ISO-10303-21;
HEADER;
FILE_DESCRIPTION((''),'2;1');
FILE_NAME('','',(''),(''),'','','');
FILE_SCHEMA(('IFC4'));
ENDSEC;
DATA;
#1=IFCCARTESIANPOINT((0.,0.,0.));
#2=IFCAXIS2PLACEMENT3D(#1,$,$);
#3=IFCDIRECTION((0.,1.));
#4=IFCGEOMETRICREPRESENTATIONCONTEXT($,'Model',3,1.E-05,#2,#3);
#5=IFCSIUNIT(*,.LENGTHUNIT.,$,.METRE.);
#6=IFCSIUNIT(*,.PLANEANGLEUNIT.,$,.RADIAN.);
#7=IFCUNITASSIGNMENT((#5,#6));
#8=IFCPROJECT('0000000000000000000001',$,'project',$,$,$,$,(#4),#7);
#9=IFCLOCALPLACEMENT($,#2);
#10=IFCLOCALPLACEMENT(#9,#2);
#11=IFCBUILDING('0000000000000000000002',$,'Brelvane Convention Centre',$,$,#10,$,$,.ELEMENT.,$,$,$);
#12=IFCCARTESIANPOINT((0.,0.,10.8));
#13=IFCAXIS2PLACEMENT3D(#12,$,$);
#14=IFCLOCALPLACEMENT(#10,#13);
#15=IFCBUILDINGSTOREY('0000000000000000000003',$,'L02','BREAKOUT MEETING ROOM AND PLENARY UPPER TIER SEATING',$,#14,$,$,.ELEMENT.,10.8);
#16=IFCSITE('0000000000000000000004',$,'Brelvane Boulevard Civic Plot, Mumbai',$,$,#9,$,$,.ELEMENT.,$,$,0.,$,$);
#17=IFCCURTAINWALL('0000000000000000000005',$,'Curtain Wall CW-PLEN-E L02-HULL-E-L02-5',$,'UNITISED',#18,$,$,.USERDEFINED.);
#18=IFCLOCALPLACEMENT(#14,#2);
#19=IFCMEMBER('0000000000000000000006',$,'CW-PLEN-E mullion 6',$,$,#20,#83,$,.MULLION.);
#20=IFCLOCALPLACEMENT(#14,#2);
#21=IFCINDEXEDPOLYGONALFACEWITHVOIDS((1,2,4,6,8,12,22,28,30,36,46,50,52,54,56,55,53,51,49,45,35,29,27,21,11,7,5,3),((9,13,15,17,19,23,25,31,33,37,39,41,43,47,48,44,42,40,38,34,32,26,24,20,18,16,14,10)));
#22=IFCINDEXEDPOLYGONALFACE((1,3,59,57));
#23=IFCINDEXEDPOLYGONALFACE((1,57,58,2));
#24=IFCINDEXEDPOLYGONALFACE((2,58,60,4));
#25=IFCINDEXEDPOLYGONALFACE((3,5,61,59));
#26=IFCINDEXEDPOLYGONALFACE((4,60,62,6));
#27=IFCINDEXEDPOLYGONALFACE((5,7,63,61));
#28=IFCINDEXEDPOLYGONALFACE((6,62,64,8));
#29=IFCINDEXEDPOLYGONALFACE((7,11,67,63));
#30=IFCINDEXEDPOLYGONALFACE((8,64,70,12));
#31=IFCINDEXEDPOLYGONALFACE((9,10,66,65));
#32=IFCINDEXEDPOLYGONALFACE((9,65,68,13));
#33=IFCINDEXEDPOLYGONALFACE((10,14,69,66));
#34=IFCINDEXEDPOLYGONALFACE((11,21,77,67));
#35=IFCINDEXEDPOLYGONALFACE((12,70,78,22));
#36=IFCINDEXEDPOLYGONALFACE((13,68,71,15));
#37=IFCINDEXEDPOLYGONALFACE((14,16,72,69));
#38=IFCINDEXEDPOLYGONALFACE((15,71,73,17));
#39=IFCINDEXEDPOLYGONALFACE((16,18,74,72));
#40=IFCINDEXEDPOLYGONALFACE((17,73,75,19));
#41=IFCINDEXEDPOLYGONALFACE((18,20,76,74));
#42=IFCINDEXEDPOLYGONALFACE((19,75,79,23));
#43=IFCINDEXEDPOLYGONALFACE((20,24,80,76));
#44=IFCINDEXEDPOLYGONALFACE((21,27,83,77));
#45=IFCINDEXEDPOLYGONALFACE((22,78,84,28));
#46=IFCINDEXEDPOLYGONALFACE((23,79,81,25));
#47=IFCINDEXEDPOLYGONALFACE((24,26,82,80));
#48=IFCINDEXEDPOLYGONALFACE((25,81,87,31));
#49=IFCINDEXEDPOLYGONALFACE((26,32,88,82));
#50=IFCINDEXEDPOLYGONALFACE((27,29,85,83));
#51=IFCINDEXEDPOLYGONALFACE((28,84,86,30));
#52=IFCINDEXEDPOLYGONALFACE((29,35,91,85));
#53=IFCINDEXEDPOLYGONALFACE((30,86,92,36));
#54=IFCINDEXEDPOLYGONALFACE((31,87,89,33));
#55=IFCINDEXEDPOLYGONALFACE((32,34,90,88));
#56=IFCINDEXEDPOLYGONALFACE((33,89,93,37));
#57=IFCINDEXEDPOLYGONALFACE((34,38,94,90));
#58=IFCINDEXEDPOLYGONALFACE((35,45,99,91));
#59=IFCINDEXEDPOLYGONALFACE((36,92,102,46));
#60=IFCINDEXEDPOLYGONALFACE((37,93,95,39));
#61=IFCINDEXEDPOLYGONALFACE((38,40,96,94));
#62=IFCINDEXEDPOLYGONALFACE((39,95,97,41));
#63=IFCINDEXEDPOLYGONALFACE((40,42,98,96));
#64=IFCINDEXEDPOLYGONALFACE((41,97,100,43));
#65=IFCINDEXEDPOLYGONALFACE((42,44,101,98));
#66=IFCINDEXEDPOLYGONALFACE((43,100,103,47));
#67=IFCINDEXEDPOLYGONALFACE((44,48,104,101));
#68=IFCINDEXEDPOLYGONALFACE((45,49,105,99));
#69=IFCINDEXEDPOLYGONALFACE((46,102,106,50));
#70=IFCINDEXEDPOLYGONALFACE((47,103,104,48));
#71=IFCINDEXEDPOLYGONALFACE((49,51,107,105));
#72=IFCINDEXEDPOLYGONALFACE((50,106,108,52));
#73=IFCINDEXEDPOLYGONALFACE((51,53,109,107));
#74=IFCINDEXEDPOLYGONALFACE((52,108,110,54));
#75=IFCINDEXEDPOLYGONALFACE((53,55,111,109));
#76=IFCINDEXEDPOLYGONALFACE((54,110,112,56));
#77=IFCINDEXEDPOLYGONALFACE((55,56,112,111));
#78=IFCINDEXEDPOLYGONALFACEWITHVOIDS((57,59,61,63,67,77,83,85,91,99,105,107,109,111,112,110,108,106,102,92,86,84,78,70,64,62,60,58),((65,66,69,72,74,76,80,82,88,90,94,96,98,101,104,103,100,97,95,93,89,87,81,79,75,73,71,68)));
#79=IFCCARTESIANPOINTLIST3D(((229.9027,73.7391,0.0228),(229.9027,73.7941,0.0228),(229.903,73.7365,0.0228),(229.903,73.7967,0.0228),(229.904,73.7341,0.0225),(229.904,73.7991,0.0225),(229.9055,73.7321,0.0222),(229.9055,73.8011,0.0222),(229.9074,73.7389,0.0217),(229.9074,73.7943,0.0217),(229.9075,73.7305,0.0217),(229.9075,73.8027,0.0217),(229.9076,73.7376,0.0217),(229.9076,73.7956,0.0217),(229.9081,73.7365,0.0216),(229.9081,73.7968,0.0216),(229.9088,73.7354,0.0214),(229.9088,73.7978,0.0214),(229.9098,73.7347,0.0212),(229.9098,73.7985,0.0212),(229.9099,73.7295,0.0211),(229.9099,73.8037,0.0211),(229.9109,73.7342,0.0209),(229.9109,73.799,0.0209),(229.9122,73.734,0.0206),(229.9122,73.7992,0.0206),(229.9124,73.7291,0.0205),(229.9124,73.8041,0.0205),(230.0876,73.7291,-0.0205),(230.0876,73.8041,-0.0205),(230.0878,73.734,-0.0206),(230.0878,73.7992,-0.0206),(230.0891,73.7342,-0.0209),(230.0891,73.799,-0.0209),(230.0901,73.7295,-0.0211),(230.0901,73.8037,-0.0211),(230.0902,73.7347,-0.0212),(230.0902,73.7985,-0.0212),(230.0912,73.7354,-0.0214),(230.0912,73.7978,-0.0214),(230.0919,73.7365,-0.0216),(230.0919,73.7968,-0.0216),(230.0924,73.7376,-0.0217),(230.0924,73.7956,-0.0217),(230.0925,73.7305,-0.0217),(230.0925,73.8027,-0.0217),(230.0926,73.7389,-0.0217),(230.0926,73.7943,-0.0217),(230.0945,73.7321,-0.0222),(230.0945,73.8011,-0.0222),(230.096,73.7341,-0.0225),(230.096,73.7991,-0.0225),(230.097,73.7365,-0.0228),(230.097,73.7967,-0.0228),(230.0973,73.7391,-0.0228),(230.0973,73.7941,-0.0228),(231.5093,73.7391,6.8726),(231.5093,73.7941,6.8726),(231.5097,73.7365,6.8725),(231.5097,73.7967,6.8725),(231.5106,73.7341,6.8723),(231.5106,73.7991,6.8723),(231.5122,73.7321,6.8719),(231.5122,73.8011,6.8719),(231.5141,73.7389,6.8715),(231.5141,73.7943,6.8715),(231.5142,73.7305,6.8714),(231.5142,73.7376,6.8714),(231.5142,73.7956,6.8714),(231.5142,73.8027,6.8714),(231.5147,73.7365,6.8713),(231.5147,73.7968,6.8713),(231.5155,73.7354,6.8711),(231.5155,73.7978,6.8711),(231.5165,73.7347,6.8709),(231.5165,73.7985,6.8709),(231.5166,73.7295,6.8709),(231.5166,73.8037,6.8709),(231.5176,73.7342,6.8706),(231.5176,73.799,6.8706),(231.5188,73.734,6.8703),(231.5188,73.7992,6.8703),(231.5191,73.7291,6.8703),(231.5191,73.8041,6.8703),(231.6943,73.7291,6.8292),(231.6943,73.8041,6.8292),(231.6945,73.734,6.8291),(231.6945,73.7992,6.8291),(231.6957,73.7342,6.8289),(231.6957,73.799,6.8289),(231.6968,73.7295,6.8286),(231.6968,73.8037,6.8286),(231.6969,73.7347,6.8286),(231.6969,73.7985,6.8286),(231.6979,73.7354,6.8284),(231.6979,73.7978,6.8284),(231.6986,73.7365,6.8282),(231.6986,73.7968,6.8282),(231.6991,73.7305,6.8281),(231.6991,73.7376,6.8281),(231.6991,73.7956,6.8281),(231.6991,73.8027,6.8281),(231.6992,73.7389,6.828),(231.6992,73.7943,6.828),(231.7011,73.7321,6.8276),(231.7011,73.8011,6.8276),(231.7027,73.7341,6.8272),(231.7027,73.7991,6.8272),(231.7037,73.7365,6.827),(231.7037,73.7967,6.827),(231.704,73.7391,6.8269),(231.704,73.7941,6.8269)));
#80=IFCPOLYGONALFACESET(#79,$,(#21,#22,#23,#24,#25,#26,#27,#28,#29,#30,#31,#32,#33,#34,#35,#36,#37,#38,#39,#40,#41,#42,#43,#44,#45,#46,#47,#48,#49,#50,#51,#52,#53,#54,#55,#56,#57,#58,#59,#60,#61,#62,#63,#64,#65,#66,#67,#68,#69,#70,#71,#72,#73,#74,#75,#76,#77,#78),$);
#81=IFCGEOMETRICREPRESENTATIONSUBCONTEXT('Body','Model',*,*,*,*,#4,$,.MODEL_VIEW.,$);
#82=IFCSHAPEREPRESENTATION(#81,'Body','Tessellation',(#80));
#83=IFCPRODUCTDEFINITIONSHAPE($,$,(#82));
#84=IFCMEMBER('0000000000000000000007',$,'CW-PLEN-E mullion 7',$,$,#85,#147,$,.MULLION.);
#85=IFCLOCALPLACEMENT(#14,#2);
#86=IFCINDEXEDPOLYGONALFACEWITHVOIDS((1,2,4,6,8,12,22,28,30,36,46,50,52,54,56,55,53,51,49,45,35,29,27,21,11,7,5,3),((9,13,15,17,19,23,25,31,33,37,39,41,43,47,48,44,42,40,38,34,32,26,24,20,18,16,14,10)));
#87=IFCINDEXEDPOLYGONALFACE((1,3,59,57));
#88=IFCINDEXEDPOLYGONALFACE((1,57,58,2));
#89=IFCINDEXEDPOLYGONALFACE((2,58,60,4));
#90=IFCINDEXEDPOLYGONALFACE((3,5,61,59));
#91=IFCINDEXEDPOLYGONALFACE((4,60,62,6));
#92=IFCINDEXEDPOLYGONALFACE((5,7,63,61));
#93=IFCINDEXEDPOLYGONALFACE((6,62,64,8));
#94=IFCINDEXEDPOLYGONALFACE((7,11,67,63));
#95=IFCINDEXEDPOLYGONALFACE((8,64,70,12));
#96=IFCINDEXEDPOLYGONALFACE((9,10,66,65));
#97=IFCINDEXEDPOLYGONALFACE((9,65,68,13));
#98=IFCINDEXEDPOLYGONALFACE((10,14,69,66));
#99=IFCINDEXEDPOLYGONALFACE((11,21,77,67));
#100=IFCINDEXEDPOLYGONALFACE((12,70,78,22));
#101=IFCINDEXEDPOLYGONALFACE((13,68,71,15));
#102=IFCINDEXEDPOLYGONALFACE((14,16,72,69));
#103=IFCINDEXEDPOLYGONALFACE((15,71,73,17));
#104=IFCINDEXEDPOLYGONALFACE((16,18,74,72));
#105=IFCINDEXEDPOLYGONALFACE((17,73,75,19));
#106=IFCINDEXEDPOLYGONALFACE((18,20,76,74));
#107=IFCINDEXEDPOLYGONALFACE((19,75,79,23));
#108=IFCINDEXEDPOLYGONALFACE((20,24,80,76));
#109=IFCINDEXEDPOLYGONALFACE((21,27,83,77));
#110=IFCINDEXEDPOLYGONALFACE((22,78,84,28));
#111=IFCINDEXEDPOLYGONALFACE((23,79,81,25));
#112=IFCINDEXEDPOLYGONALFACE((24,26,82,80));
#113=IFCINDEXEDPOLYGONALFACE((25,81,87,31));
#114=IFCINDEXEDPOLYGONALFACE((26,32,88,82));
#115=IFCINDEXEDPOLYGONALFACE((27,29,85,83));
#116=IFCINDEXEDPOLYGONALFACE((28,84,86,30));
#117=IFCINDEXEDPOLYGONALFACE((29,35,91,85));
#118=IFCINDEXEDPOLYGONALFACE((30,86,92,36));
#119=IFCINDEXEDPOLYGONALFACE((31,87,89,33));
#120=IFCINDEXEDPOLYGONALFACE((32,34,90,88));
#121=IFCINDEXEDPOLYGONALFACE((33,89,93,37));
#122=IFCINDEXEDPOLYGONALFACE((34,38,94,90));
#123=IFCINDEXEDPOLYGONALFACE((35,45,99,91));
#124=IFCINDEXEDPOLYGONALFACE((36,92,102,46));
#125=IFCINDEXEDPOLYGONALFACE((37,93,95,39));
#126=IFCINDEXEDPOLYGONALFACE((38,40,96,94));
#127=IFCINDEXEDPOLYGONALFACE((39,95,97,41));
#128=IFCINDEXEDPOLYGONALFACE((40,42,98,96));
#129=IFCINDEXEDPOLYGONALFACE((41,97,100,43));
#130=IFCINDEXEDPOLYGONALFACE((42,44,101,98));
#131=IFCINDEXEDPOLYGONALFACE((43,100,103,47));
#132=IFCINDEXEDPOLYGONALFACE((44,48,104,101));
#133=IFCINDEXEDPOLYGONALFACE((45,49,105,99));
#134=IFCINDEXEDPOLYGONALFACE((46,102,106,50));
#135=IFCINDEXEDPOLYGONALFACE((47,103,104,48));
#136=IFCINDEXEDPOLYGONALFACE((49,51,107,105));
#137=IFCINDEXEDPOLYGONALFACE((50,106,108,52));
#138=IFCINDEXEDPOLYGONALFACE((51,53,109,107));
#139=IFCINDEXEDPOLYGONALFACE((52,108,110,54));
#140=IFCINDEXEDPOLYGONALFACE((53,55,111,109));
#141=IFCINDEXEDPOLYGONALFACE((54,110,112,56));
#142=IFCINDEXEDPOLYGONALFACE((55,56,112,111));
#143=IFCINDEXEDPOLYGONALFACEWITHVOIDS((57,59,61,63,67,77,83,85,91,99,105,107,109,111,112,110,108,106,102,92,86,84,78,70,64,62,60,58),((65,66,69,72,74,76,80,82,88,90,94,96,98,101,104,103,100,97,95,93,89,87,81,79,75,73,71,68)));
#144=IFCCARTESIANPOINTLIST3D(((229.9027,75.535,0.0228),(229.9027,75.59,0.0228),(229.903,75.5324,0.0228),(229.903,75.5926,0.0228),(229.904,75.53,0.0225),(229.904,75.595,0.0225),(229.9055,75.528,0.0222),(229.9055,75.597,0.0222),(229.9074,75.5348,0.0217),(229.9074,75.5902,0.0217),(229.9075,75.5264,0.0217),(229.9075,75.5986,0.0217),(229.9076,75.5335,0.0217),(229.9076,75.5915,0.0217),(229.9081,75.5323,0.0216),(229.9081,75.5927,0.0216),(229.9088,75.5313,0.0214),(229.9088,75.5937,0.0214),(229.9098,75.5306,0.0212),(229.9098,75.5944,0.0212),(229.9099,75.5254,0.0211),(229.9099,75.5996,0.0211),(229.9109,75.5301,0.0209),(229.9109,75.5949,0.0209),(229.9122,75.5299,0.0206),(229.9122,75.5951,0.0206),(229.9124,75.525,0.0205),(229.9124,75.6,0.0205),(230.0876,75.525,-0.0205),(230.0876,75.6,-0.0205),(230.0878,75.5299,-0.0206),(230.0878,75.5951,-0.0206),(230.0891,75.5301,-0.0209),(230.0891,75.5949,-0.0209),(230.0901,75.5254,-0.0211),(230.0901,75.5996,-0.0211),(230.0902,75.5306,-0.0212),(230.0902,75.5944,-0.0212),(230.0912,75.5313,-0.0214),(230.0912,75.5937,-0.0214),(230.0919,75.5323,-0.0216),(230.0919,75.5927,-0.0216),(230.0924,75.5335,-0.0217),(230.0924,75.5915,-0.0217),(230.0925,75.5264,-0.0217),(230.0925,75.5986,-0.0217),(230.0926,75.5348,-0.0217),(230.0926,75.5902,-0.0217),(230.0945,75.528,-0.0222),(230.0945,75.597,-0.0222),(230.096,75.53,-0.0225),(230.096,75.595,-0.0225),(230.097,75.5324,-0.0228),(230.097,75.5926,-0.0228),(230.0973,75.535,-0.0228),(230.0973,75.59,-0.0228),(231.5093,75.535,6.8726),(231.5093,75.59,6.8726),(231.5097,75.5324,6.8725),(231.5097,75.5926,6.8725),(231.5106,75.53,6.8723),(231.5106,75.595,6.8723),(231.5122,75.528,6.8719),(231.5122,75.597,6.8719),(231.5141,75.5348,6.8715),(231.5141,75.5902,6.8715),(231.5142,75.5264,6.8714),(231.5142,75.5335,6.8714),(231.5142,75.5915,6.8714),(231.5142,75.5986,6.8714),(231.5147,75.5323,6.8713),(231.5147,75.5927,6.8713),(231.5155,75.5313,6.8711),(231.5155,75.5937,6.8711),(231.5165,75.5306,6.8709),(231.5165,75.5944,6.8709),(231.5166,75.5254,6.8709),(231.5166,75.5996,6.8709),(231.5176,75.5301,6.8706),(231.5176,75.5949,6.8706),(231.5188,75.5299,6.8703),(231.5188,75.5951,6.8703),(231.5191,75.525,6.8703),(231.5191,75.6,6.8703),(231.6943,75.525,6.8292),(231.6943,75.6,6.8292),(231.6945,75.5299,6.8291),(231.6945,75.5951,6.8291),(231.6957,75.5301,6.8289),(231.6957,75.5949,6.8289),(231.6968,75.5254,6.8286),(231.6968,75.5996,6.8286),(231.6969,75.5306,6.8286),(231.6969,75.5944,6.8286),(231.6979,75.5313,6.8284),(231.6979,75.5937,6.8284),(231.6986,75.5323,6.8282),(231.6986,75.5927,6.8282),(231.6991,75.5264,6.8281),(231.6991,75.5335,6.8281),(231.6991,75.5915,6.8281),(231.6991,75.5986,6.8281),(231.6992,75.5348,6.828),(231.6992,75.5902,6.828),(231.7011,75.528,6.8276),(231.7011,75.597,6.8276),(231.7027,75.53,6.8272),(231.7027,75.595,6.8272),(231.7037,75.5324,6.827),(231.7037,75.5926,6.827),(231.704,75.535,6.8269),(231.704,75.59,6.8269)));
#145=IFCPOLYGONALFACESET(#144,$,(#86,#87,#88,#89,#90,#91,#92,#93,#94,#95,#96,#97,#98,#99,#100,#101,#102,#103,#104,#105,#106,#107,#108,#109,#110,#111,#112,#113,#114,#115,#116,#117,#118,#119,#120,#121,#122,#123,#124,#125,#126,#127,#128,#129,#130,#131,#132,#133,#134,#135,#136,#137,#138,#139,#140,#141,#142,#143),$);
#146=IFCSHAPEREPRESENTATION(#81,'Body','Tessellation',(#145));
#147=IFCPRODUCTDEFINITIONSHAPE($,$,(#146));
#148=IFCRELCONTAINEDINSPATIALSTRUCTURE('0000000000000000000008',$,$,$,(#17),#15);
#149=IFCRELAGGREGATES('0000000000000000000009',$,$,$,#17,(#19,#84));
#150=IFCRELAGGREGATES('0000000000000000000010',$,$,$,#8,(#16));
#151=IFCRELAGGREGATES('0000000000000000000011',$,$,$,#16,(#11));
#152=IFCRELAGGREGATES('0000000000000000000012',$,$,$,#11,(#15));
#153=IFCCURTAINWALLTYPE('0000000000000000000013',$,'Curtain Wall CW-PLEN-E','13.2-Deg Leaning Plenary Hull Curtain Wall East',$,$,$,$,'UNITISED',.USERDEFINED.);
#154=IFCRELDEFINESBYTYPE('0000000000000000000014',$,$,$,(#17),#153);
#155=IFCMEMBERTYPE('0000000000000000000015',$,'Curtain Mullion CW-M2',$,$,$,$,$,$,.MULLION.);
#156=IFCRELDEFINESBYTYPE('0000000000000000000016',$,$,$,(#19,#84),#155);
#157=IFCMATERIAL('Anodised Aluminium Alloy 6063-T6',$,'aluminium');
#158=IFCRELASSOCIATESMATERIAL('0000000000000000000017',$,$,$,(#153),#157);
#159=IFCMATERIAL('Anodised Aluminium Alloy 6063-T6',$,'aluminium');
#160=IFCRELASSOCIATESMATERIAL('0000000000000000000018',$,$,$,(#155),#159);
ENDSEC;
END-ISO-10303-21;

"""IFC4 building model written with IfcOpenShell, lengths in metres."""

from ifc_helpers import new_model, si_unit, direction, frame, origin, origin_2d, place, context, subcontext, project, spatial, hollow_rectangle, extrude, material, material_profile, profile_set, type_object, element, aggregate, save


model = new_model("IFC4")

# Units and contexts
model_context = context("Model", 3, precision=1e-05, world=origin(), true_north=direction((0.0, 1.0)))
body_context = subcontext(model_context, "Body", "Model", "MODEL_VIEW")
ifc_project = project(units=[si_unit("LENGTHUNIT", "METRE"), si_unit("PLANEANGLEUNIT", "RADIAN")], contexts=[model_context])

# Site, building, storey
site_placement = place(None, origin())
site = spatial("IfcSite", under=ifc_project, at=site_placement, Name="Brelvane Boulevard Civic Plot, Mumbai", CompositionType="ELEMENT", RefElevation=0.0)
building_placement = place(site_placement, origin())
building = spatial("IfcBuilding", under=site, at=building_placement, Name="Brelvane Convention Centre", CompositionType="ELEMENT")
storey_placement = place(building_placement, frame((0.0, 0.0, 10.8)))
storey = spatial("IfcBuildingStorey", under=building, at=storey_placement, Name="L02", Description="BREAKOUT MEETING ROOM AND PLENARY UPPER TIER SEATING", CompositionType="ELEMENT", Elevation=10.8)

# Curtain wall, members
ifc_material_1 = material(Name="Anodised Aluminium Alloy 6063-T6", Category="aluminium")
curtain_wall_type = type_object("IfcCurtainWallType", Name="Curtain Wall CW-PLEN-E", Description="13.2-Deg Leaning Plenary Hull Curtain Wall East", ElementType="UNITISED", PredefinedType="USERDEFINED", material=ifc_material_1)
curtain_wall_1_placement = place(storey_placement, origin())
curtain_wall_1 = element("IfcCurtainWall", 1, at=curtain_wall_1_placement, inside=storey, type_object=curtain_wall_type, Name="Curtain Wall CW-PLEN-E L02-HULL-E-L02-5", ObjectType="UNITISED", PredefinedType="USERDEFINED")
ifc_material_2 = material(Name="Anodised Aluminium Alloy 6063-T6", Category="aluminium")
ifc_material_profile_1 = material_profile(ifc_material_2, hollow_rectangle(XDim=0.075, YDim=0.2, WallThickness=0.0049, InnerFilletRadius=0.0049, OuterFilletRadius=0.01, at=origin_2d()), Name="ALU-M 200x75x5.0")
ifc_profile_set_1 = profile_set([ifc_material_profile_1], Name="Anodised Aluminium Alloy 6063-T6")
member_type_1 = type_object("IfcMemberType", Name="Curtain Mullion CW-M2", PredefinedType="MULLION", material=ifc_profile_set_1)
member_1_placement = place(storey_placement, frame((230.0, 73.7666, 0.0), z_axis=(0.22836, 0.0, 0.973577), x_axis=(0.0, 1.0, 0.0)))
member_1 = element("IfcMember", 2, at=member_1_placement, type_object=member_type_1, Name="CW-PLEN-E mullion 6", PredefinedType="MULLION", context=body_context, shape_type="SweptSolid", body=[
    extrude(hollow_rectangle(XDim=0.075, YDim=0.2, WallThickness=0.0049, InnerFilletRadius=0.0049, OuterFilletRadius=0.01, at=origin_2d()), origin(), (0.0, 0.0, 1.0), 7.0356),
])
member_2_placement = place(storey_placement, frame((230.0, 75.5625, 0.0), z_axis=(0.22836, 0.0, 0.973577), x_axis=(0.0, 1.0, 0.0)))
member_2 = element("IfcMember", 3, at=member_2_placement, type_object=member_type_1, Name="CW-PLEN-E mullion 7", PredefinedType="MULLION", context=body_context, shape_type="SweptSolid", body=[
    extrude(hollow_rectangle(XDim=0.075, YDim=0.2, WallThickness=0.0049, InnerFilletRadius=0.0049, OuterFilletRadius=0.01, at=origin_2d()), origin(), (0.0, 0.0, 1.0), 7.0356),
])

aggregate(curtain_wall_1, [member_1, member_2])

save(model, "model.ifc")
